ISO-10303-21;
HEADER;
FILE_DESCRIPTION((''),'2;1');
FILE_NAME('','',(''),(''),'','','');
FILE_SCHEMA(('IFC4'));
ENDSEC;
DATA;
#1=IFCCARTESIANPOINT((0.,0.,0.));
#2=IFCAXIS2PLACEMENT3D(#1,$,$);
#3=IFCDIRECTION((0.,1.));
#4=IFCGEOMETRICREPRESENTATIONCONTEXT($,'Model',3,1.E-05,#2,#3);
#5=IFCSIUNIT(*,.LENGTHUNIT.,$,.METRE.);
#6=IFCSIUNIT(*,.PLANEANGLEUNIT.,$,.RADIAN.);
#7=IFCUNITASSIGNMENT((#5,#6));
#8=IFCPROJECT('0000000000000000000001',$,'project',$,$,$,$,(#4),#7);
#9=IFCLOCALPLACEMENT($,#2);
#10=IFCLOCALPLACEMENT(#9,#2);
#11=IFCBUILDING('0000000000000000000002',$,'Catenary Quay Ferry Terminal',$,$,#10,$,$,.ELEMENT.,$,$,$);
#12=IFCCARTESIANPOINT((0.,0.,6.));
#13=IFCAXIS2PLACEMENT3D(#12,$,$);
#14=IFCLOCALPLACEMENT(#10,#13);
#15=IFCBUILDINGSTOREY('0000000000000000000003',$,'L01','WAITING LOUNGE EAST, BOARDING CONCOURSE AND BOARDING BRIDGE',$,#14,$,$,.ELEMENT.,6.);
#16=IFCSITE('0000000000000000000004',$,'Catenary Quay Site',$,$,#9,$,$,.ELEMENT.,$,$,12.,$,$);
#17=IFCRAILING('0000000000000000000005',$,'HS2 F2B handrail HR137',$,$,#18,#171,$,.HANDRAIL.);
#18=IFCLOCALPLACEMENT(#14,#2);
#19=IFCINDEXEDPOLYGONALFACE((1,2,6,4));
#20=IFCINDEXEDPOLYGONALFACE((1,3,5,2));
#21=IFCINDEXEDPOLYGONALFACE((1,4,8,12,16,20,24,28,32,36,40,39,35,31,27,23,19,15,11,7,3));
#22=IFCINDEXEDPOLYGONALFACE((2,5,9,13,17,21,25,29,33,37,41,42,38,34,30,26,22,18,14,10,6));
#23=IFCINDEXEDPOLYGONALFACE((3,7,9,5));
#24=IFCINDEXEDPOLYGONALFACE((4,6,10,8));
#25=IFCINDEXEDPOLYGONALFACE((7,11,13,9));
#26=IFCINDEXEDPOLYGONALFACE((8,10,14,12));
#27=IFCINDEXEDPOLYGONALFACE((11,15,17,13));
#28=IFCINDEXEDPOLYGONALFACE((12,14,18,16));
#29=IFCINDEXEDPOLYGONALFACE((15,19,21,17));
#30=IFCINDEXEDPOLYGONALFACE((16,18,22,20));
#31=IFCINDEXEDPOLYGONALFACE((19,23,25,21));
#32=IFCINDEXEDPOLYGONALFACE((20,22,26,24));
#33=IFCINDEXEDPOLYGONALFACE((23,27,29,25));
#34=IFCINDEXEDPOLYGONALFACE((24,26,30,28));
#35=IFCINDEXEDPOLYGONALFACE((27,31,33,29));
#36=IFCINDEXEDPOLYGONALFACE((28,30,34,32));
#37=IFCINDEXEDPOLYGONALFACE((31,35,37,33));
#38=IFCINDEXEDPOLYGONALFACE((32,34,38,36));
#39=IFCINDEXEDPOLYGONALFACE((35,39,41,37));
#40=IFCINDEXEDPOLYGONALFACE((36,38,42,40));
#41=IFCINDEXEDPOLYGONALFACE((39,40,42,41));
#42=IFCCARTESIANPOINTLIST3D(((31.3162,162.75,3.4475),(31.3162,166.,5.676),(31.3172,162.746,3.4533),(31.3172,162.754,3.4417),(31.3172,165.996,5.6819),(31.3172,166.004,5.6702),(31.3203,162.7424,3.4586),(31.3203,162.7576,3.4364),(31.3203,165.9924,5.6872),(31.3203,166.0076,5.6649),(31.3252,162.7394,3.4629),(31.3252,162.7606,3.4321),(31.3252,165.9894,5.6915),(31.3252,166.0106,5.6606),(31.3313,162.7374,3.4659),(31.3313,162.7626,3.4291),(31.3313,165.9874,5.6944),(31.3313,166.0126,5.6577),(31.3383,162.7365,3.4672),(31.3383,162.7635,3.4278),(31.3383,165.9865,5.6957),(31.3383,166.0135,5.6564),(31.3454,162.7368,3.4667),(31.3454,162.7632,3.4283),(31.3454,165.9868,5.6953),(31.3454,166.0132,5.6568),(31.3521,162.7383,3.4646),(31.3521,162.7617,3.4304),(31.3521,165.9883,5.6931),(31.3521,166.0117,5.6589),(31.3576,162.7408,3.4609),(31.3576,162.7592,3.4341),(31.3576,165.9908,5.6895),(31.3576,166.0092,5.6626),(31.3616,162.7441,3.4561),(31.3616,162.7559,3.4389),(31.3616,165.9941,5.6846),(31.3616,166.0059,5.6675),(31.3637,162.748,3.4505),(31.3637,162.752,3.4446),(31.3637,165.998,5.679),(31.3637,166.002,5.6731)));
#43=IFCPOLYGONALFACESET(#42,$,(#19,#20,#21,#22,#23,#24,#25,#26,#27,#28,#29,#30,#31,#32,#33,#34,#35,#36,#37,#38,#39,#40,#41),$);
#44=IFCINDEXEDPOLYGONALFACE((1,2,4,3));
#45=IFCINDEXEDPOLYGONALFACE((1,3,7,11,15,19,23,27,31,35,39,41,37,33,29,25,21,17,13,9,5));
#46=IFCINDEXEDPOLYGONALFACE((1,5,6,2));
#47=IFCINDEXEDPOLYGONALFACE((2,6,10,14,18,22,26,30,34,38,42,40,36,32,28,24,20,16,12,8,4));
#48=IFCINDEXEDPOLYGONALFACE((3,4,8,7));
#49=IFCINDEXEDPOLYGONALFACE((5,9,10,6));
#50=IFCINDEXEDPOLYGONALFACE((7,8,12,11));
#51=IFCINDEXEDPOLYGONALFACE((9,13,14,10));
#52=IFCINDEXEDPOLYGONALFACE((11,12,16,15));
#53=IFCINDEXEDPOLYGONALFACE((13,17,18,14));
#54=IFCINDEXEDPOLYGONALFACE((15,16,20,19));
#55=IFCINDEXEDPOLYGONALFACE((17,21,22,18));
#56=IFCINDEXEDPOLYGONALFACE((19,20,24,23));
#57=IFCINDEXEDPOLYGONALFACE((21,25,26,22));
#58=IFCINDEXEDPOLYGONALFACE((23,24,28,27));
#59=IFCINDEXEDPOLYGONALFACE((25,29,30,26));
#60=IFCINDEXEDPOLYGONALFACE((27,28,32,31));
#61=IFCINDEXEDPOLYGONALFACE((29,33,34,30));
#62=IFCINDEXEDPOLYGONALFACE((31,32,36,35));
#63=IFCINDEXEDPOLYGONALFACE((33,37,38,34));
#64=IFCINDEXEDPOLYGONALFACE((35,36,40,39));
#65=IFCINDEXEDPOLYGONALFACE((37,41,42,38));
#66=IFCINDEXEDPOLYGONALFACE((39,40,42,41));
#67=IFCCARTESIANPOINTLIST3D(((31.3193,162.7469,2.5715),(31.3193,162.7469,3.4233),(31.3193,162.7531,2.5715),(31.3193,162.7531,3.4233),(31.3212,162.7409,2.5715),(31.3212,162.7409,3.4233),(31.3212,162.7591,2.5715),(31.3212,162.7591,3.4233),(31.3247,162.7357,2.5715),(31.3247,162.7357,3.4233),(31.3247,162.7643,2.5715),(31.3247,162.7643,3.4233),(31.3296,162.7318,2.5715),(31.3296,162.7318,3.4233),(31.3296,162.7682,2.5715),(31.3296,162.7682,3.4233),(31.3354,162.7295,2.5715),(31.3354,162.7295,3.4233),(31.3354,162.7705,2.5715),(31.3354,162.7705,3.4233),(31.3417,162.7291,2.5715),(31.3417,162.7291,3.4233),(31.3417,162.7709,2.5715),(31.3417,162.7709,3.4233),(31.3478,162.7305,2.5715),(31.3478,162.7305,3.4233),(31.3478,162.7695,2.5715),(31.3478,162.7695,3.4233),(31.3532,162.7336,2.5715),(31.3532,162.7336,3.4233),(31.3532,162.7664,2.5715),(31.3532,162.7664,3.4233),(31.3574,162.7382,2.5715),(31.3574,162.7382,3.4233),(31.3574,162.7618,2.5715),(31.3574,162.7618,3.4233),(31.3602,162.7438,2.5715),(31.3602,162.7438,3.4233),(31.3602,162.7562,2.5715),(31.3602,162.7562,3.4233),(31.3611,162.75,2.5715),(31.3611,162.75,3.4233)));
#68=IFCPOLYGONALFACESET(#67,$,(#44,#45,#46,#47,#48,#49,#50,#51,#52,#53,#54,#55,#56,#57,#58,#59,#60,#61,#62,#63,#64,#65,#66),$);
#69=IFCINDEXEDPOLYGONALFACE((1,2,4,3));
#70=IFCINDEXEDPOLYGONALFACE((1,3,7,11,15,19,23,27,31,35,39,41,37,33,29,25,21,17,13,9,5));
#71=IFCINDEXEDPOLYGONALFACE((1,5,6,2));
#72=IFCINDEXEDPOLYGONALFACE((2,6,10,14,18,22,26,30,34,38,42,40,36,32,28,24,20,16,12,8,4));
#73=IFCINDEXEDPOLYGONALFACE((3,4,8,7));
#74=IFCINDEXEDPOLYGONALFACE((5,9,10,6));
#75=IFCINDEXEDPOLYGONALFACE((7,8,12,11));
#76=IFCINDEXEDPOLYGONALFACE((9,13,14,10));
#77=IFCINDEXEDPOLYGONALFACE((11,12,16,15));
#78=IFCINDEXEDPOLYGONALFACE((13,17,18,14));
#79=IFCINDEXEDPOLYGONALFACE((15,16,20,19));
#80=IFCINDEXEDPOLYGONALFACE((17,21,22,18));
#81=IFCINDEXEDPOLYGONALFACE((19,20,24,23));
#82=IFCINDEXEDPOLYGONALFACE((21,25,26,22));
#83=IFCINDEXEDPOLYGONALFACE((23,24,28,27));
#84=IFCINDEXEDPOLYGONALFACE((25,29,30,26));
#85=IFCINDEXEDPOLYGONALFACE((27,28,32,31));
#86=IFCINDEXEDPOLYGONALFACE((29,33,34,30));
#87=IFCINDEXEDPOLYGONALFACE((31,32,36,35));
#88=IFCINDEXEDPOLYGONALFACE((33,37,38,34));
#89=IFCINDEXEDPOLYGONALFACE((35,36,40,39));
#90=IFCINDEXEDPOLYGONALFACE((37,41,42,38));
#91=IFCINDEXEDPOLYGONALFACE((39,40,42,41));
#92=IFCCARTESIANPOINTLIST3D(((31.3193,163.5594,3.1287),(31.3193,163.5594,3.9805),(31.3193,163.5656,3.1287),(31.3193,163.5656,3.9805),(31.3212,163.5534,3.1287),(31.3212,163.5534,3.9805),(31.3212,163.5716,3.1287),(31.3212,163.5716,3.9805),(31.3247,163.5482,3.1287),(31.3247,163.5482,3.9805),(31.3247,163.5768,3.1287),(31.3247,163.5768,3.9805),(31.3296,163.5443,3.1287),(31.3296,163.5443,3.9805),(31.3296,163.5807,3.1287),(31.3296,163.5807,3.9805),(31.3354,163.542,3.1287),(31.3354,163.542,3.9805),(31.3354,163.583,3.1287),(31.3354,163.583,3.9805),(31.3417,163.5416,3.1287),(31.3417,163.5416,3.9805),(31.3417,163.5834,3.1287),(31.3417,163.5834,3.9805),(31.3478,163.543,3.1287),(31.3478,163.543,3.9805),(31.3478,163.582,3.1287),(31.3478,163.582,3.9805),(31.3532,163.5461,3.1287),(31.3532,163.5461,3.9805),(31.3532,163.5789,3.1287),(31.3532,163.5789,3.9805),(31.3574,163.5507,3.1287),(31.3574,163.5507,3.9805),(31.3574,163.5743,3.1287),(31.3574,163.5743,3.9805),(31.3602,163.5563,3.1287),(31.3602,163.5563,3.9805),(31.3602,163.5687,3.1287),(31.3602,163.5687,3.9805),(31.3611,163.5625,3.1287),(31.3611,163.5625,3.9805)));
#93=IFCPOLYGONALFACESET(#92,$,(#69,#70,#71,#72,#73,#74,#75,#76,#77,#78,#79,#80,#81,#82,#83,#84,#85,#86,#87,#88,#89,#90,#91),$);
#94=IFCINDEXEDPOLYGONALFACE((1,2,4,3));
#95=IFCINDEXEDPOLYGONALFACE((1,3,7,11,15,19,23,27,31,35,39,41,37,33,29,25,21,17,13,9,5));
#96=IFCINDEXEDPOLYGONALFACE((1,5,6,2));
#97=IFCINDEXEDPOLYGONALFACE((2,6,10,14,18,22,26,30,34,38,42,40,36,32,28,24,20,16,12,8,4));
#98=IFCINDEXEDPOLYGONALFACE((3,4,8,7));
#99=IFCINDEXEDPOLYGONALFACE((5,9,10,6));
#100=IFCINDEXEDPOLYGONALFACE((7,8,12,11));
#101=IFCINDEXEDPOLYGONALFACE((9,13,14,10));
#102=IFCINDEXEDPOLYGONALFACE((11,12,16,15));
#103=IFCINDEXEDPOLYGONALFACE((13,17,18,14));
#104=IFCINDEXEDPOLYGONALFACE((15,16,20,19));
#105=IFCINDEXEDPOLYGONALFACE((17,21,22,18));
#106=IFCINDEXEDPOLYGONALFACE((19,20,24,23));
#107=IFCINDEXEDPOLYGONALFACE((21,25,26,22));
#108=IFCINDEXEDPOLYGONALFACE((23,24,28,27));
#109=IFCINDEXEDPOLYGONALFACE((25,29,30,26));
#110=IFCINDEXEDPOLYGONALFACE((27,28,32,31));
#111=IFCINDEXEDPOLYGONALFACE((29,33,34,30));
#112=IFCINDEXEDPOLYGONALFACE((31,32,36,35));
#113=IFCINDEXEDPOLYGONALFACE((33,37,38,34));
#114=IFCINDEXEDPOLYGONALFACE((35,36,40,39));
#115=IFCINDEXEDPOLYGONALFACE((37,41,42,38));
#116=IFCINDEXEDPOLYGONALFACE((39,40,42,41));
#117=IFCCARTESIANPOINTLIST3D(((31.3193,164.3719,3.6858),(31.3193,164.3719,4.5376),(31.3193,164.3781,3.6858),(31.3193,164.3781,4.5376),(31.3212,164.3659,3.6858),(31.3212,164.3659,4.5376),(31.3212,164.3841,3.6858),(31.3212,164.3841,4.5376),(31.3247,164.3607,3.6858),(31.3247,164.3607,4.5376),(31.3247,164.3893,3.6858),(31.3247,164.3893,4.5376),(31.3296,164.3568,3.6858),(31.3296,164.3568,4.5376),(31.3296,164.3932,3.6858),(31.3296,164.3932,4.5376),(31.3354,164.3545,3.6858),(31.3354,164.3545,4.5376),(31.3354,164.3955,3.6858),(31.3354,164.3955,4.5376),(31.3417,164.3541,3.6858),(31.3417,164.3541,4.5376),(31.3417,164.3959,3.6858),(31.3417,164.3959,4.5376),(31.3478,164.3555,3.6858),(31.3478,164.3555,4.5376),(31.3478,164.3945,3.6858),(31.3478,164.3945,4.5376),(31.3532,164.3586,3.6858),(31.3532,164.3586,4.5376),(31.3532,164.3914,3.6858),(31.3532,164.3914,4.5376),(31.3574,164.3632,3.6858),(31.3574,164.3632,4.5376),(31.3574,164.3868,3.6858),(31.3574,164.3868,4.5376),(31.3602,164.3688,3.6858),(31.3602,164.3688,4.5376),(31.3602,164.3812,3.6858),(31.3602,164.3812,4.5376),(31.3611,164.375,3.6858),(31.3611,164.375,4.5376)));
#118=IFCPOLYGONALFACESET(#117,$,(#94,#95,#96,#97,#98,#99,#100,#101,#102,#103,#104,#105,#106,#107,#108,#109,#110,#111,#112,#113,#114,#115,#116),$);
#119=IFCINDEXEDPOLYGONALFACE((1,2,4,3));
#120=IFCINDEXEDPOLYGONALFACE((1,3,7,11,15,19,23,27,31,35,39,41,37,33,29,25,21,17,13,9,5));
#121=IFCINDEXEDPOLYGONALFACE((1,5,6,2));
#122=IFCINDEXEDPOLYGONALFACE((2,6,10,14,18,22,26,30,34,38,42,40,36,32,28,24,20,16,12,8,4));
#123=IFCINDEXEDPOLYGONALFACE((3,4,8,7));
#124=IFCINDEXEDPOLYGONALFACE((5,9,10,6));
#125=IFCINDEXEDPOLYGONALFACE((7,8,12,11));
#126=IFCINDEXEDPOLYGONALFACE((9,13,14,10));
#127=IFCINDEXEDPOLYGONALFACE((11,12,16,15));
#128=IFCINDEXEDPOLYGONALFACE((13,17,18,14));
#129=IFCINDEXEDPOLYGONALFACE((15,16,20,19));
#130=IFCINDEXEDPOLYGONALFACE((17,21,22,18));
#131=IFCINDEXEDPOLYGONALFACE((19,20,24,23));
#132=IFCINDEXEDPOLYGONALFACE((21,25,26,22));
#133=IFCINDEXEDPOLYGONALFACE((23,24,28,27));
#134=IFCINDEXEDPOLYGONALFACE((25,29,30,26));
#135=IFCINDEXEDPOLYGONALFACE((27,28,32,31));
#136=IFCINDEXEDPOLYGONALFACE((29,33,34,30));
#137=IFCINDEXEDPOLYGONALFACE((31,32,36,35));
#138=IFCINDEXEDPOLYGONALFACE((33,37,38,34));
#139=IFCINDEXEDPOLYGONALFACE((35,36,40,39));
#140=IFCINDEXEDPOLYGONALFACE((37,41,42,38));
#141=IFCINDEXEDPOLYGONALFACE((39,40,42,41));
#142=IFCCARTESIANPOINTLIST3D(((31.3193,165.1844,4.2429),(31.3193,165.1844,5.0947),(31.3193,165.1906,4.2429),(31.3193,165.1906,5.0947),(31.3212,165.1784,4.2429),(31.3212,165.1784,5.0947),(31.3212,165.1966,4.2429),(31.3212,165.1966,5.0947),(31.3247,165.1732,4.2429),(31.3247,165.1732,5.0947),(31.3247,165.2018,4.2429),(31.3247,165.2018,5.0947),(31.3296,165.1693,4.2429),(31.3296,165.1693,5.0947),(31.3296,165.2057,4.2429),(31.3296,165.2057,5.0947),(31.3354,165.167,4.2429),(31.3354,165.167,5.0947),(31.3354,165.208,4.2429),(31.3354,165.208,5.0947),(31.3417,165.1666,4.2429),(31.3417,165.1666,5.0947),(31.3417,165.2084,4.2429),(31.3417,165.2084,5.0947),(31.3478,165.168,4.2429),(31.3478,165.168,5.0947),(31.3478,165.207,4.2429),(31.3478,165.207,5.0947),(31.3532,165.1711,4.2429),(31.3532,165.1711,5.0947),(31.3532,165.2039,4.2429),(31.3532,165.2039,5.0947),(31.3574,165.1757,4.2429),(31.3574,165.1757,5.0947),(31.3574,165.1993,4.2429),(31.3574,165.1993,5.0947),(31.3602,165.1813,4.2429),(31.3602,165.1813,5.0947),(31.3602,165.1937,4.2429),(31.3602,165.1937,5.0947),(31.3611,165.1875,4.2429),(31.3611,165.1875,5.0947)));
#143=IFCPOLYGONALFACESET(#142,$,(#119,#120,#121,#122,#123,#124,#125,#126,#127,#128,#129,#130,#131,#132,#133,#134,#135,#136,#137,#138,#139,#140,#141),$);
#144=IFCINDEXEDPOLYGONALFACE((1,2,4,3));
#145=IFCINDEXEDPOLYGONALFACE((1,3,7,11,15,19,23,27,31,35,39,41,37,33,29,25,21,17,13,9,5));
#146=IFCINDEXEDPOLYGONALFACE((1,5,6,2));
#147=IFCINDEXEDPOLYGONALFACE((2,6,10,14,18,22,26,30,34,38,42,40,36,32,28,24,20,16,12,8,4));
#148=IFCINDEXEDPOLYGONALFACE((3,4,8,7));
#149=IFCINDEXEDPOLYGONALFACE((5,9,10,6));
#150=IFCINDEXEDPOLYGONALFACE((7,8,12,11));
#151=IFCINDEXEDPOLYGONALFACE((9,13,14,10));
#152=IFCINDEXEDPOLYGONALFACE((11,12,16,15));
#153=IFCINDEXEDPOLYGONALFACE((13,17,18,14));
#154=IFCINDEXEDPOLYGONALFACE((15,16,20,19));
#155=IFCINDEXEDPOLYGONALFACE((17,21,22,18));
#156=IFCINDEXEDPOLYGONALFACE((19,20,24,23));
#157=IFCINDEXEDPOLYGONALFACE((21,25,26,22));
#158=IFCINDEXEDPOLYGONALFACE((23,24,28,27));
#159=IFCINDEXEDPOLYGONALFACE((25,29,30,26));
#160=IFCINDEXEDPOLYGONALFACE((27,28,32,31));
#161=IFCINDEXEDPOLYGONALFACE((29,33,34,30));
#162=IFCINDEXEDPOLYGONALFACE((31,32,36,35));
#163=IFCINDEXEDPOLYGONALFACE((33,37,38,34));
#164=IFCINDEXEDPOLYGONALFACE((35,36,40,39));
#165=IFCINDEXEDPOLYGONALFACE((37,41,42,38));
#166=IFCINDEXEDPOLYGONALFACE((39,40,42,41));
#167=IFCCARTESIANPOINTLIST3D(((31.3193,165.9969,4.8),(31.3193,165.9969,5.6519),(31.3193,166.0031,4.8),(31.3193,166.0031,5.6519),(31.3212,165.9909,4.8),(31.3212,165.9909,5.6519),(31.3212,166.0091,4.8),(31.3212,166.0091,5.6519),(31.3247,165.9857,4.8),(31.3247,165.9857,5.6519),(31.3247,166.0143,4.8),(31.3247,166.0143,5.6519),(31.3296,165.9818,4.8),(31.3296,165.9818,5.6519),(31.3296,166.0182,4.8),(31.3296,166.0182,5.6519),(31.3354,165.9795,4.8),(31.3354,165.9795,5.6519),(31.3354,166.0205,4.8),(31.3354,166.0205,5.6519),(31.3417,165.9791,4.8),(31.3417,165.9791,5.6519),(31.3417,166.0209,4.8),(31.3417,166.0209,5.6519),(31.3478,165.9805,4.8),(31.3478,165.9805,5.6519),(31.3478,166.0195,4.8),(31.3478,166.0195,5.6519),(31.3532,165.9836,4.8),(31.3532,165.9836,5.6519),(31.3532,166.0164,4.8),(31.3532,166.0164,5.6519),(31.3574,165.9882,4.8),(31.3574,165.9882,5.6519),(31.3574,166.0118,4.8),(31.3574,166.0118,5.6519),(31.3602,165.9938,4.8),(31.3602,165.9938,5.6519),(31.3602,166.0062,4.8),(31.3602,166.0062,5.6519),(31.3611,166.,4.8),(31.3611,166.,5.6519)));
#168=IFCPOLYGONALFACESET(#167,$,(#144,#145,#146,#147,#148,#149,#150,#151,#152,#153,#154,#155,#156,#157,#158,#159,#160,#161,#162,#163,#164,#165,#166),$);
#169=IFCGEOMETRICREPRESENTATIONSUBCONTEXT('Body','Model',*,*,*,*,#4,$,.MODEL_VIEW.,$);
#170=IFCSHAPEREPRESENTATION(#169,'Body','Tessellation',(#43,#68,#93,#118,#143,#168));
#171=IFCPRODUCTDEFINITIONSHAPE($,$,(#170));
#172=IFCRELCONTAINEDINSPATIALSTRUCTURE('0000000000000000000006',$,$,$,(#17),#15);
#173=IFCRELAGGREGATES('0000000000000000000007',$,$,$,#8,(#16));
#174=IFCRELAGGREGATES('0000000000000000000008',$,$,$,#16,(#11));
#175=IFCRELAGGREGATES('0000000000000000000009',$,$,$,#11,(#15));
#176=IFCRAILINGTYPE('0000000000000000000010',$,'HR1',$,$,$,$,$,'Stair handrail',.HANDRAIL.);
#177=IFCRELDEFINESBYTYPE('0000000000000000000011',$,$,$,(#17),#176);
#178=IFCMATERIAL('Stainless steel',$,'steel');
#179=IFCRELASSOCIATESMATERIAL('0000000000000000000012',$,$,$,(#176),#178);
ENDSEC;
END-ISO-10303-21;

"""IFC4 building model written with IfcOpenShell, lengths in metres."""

from ifc_helpers import new_model, si_unit, direction, frame, origin, origin_2d, place, context, subcontext, project, spatial, circle, extrude, material, type_object, element, save


model = new_model("IFC4")

# Units and contexts
model_context = context("Model", 3, precision=1e-05, world=origin(), true_north=direction((0.0, 1.0)))
body_context = subcontext(model_context, "Body", "Model", "MODEL_VIEW")
ifc_project = project(units=[si_unit("LENGTHUNIT", "METRE"), si_unit("PLANEANGLEUNIT", "RADIAN")], contexts=[model_context])

# Site, building, storey
site_placement = place(None, origin())
site = spatial("IfcSite", under=ifc_project, at=site_placement, Name="Catenary Quay Site", CompositionType="ELEMENT", RefElevation=12.0)
building_placement = place(site_placement, origin())
building = spatial("IfcBuilding", under=site, at=building_placement, Name="Catenary Quay Ferry Terminal", CompositionType="ELEMENT")
storey_placement = place(building_placement, frame((0.0, 0.0, 6.0)))
storey = spatial("IfcBuildingStorey", under=building, at=storey_placement, Name="L01", Description="WAITING LOUNGE EAST, BOARDING CONCOURSE AND BOARDING BRIDGE", CompositionType="ELEMENT", Elevation=6.0)

# Railing
ifc_material_1 = material(Name="Stainless steel", Category="steel")
railing_type_1 = type_object("IfcRailingType", Name="HR1", ElementType="Stair handrail", PredefinedType="HANDRAIL", material=ifc_material_1)
for number, where, name in (
    (1, (31.3401, 162.75, 2.5715), "HS2 F2B handrail HR137"),
):
    element("IfcRailing", number, at=place(storey_placement, frame(where)), inside=storey, type_object=railing_type_1, Name=name, PredefinedType="HANDRAIL", context=body_context, shape_type="SweptSolid", body=[
        extrude(circle(Radius=0.0239, at=origin_2d()), frame((0.0, 0.0, 0.876), z_axis=(0.0, 0.824735, 0.565519), x_axis=(-1.0, 0.0, 0.0)), (0.0, 0.0, 1.0), 3.9407),
        extrude(circle(Radius=0.021, at=origin_2d()), origin(), (0.0, 0.0, 1.0), 0.8518),
        extrude(circle(Radius=0.021, at=origin_2d()), frame((0.0, 0.8125, 0.5571)), (0.0, 0.0, 1.0), 0.8518),
        extrude(circle(Radius=0.021, at=origin_2d()), frame((0.0, 1.625, 1.1143)), (0.0, 0.0, 1.0), 0.8518),
        extrude(circle(Radius=0.021, at=origin_2d()), frame((0.0, 2.4375, 1.6714)), (0.0, 0.0, 1.0), 0.8518),
        extrude(circle(Radius=0.021, at=origin_2d()), frame((0.0, 3.25, 2.2285)), (0.0, 0.0, 1.0), 0.8518),
    ])

save(model, "model.ifc")
